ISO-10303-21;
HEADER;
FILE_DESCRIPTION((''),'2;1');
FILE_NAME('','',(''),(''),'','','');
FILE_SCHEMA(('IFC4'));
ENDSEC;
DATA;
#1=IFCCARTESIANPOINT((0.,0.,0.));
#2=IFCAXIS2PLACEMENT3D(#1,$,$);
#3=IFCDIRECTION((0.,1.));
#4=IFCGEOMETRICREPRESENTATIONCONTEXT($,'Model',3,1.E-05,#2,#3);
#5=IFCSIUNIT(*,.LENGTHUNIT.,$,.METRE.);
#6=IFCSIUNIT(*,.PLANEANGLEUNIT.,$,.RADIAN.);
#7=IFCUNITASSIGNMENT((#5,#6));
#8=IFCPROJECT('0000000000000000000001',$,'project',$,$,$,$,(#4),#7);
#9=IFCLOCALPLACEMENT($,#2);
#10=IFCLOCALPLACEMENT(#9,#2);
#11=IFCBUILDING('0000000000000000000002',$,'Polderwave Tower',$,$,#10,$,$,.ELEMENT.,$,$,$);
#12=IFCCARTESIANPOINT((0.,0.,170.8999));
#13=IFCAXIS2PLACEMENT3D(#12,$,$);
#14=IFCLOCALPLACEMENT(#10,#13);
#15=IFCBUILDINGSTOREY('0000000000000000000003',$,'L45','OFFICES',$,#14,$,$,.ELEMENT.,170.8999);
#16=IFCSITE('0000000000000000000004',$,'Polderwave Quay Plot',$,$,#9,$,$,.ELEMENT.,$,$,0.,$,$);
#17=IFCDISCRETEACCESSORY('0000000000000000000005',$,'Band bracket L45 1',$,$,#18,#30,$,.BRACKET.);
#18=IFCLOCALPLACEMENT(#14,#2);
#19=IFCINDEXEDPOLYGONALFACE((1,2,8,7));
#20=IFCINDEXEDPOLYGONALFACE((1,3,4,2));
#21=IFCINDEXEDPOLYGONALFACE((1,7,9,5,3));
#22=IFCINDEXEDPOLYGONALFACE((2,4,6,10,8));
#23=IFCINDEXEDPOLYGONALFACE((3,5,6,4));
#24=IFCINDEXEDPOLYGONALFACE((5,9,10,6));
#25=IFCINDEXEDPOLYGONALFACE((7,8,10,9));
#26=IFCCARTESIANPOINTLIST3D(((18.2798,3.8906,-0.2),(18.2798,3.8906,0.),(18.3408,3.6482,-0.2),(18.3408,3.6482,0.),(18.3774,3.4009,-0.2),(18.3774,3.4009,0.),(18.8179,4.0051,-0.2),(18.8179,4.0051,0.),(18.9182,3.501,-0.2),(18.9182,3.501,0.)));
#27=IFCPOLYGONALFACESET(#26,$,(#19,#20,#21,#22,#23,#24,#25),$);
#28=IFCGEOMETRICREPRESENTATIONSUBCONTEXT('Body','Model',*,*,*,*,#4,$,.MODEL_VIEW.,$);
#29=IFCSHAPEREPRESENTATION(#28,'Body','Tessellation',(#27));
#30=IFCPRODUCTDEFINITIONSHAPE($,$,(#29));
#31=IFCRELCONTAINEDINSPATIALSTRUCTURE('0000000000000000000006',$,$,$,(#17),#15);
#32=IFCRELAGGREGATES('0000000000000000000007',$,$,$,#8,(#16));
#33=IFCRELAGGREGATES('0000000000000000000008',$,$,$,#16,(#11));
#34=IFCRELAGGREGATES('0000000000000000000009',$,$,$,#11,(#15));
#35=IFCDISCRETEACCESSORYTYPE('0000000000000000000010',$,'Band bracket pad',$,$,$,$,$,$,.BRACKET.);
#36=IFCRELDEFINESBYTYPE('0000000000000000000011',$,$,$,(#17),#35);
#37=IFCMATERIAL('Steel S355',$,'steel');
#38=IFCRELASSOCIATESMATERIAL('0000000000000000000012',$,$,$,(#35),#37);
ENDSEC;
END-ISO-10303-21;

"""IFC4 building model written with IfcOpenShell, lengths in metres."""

from ifc_helpers import new_model, si_unit, direction, frame, origin, place, context, subcontext, project, spatial, polyline, outline, extrude, material, type_object, element, save


model = new_model("IFC4")

# Units and contexts
model_context = context("Model", 3, precision=1e-05, world=origin(), true_north=direction((0.0, 1.0)))
body_context = subcontext(model_context, "Body", "Model", "MODEL_VIEW")
ifc_project = project(units=[si_unit("LENGTHUNIT", "METRE"), si_unit("PLANEANGLEUNIT", "RADIAN")], contexts=[model_context])

# Site, building, storey
site_placement = place(None, origin())
site = spatial("IfcSite", under=ifc_project, at=site_placement, Name="Polderwave Quay Plot", CompositionType="ELEMENT", RefElevation=0.0)
building_placement = place(site_placement, origin())
building = spatial("IfcBuilding", under=site, at=building_placement, Name="Polderwave Tower", CompositionType="ELEMENT")
storey_placement = place(building_placement, frame((0.0, 0.0, 170.8999)))
storey = spatial("IfcBuildingStorey", under=building, at=storey_placement, Name="L45", Description="OFFICES", CompositionType="ELEMENT", Elevation=170.8999)

# Discrete accessory
ifc_material_1 = material(Name="Steel S355", Category="steel")
discrete_accessory_type = type_object("IfcDiscreteAccessoryType", Name="Band bracket pad", PredefinedType="BRACKET", material=ifc_material_1)
discrete_accessory_placement = place(storey_placement, frame((0.0, 0.0, -0.2)))
element("IfcDiscreteAccessory", 1, at=discrete_accessory_placement, inside=storey, type_object=discrete_accessory_type, Name="Band bracket L45 1", PredefinedType="BRACKET", context=body_context, shape_type="SweptSolid", body=[
    extrude(outline(polyline([(18.3774, 3.4009), (18.3408, 3.6482), (18.2798, 3.8906), (18.8179, 4.0051), (18.9182, 3.501), (18.3774, 3.4009)])), origin(), (0.0, 0.0, 1.0), 0.2),
])

save(model, "model.ifc")
